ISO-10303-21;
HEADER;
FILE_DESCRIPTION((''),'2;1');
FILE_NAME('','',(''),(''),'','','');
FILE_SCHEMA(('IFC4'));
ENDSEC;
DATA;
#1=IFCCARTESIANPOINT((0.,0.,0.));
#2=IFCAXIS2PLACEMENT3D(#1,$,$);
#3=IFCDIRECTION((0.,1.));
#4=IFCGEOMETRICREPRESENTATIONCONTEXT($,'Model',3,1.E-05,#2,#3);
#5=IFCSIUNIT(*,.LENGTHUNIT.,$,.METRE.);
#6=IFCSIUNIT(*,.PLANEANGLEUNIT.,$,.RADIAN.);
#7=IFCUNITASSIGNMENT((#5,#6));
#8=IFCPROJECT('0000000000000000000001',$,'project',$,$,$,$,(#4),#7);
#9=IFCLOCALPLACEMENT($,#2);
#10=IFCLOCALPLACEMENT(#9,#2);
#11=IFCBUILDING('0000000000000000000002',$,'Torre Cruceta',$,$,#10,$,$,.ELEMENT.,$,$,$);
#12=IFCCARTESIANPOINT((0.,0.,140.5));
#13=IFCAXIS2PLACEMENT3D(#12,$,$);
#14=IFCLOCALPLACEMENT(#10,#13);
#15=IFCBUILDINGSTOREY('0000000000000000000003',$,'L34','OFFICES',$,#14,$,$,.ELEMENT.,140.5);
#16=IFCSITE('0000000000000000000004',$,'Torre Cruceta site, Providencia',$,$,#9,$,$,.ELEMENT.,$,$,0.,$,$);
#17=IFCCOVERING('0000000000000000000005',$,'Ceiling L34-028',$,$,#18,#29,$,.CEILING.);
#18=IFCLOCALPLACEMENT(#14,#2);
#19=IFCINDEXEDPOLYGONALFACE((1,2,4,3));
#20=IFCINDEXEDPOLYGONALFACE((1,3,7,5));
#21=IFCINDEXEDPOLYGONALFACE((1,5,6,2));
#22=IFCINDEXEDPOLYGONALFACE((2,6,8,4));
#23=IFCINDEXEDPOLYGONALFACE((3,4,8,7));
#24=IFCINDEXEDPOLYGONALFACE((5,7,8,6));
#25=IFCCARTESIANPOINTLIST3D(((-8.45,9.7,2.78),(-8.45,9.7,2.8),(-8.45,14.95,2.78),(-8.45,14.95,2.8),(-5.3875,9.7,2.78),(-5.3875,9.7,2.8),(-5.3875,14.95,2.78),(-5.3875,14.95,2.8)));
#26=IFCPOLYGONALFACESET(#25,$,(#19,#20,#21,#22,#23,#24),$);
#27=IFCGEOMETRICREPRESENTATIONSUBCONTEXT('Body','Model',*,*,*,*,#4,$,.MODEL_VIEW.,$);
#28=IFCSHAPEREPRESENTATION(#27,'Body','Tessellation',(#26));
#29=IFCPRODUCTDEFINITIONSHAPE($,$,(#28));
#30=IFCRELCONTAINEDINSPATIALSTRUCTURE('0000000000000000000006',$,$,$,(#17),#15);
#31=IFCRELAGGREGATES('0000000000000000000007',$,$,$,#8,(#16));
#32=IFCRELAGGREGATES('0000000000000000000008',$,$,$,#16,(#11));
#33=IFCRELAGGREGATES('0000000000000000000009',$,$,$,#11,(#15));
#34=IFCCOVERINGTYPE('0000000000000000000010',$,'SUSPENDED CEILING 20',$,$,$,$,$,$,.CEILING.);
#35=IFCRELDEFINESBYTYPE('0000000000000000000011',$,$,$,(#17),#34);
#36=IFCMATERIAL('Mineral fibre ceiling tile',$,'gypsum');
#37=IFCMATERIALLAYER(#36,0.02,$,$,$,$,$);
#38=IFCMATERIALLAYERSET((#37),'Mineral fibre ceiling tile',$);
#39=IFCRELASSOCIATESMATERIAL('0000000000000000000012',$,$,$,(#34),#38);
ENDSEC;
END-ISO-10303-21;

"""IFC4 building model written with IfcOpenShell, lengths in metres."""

from ifc_helpers import new_model, si_unit, direction, frame, origin, place, context, subcontext, project, spatial, polyline, outline, extrude, material, layer, layer_set, type_object, element, save


model = new_model("IFC4")

# Units and contexts
model_context = context("Model", 3, precision=1e-05, world=origin(), true_north=direction((0.0, 1.0)))
body_context = subcontext(model_context, "Body", "Model", "MODEL_VIEW")
ifc_project = project(units=[si_unit("LENGTHUNIT", "METRE"), si_unit("PLANEANGLEUNIT", "RADIAN")], contexts=[model_context])

# Site, building, storey
site_placement = place(None, origin())
site = spatial("IfcSite", under=ifc_project, at=site_placement, Name="Torre Cruceta site, Providencia", CompositionType="ELEMENT", RefElevation=0.0)
building_placement = place(site_placement, origin())
building = spatial("IfcBuilding", under=site, at=building_placement, Name="Torre Cruceta", CompositionType="ELEMENT")
storey_placement = place(building_placement, frame((0.0, 0.0, 140.5)))
storey = spatial("IfcBuildingStorey", under=building, at=storey_placement, Name="L34", Description="OFFICES", CompositionType="ELEMENT", Elevation=140.5)

# Covering
ifc_material_1 = material(Name="Mineral fibre ceiling tile", Category="gypsum")
ifc_layer_1 = layer(ifc_material_1, 0.02)
ifc_layer_set_1 = layer_set([ifc_layer_1], Name="Mineral fibre ceiling tile")
covering_type_1 = type_object("IfcCoveringType", Name="SUSPENDED CEILING 20", PredefinedType="CEILING", material=ifc_layer_set_1)
covering_1_placement = place(storey_placement, frame((0.0, 0.0, 2.78)))
element("IfcCovering", 1, at=covering_1_placement, inside=storey, type_object=covering_type_1, Name="Ceiling L34-028", PredefinedType="CEILING", context=body_context, shape_type="SweptSolid", body=[
    extrude(outline(polyline([(-5.3875, 9.7), (-8.45, 9.7), (-8.45, 14.95), (-5.3875, 14.95), (-5.3875, 9.7)])), origin(), (0.0, 0.0, 1.0), 0.02),
])

save(model, "model.ifc")
